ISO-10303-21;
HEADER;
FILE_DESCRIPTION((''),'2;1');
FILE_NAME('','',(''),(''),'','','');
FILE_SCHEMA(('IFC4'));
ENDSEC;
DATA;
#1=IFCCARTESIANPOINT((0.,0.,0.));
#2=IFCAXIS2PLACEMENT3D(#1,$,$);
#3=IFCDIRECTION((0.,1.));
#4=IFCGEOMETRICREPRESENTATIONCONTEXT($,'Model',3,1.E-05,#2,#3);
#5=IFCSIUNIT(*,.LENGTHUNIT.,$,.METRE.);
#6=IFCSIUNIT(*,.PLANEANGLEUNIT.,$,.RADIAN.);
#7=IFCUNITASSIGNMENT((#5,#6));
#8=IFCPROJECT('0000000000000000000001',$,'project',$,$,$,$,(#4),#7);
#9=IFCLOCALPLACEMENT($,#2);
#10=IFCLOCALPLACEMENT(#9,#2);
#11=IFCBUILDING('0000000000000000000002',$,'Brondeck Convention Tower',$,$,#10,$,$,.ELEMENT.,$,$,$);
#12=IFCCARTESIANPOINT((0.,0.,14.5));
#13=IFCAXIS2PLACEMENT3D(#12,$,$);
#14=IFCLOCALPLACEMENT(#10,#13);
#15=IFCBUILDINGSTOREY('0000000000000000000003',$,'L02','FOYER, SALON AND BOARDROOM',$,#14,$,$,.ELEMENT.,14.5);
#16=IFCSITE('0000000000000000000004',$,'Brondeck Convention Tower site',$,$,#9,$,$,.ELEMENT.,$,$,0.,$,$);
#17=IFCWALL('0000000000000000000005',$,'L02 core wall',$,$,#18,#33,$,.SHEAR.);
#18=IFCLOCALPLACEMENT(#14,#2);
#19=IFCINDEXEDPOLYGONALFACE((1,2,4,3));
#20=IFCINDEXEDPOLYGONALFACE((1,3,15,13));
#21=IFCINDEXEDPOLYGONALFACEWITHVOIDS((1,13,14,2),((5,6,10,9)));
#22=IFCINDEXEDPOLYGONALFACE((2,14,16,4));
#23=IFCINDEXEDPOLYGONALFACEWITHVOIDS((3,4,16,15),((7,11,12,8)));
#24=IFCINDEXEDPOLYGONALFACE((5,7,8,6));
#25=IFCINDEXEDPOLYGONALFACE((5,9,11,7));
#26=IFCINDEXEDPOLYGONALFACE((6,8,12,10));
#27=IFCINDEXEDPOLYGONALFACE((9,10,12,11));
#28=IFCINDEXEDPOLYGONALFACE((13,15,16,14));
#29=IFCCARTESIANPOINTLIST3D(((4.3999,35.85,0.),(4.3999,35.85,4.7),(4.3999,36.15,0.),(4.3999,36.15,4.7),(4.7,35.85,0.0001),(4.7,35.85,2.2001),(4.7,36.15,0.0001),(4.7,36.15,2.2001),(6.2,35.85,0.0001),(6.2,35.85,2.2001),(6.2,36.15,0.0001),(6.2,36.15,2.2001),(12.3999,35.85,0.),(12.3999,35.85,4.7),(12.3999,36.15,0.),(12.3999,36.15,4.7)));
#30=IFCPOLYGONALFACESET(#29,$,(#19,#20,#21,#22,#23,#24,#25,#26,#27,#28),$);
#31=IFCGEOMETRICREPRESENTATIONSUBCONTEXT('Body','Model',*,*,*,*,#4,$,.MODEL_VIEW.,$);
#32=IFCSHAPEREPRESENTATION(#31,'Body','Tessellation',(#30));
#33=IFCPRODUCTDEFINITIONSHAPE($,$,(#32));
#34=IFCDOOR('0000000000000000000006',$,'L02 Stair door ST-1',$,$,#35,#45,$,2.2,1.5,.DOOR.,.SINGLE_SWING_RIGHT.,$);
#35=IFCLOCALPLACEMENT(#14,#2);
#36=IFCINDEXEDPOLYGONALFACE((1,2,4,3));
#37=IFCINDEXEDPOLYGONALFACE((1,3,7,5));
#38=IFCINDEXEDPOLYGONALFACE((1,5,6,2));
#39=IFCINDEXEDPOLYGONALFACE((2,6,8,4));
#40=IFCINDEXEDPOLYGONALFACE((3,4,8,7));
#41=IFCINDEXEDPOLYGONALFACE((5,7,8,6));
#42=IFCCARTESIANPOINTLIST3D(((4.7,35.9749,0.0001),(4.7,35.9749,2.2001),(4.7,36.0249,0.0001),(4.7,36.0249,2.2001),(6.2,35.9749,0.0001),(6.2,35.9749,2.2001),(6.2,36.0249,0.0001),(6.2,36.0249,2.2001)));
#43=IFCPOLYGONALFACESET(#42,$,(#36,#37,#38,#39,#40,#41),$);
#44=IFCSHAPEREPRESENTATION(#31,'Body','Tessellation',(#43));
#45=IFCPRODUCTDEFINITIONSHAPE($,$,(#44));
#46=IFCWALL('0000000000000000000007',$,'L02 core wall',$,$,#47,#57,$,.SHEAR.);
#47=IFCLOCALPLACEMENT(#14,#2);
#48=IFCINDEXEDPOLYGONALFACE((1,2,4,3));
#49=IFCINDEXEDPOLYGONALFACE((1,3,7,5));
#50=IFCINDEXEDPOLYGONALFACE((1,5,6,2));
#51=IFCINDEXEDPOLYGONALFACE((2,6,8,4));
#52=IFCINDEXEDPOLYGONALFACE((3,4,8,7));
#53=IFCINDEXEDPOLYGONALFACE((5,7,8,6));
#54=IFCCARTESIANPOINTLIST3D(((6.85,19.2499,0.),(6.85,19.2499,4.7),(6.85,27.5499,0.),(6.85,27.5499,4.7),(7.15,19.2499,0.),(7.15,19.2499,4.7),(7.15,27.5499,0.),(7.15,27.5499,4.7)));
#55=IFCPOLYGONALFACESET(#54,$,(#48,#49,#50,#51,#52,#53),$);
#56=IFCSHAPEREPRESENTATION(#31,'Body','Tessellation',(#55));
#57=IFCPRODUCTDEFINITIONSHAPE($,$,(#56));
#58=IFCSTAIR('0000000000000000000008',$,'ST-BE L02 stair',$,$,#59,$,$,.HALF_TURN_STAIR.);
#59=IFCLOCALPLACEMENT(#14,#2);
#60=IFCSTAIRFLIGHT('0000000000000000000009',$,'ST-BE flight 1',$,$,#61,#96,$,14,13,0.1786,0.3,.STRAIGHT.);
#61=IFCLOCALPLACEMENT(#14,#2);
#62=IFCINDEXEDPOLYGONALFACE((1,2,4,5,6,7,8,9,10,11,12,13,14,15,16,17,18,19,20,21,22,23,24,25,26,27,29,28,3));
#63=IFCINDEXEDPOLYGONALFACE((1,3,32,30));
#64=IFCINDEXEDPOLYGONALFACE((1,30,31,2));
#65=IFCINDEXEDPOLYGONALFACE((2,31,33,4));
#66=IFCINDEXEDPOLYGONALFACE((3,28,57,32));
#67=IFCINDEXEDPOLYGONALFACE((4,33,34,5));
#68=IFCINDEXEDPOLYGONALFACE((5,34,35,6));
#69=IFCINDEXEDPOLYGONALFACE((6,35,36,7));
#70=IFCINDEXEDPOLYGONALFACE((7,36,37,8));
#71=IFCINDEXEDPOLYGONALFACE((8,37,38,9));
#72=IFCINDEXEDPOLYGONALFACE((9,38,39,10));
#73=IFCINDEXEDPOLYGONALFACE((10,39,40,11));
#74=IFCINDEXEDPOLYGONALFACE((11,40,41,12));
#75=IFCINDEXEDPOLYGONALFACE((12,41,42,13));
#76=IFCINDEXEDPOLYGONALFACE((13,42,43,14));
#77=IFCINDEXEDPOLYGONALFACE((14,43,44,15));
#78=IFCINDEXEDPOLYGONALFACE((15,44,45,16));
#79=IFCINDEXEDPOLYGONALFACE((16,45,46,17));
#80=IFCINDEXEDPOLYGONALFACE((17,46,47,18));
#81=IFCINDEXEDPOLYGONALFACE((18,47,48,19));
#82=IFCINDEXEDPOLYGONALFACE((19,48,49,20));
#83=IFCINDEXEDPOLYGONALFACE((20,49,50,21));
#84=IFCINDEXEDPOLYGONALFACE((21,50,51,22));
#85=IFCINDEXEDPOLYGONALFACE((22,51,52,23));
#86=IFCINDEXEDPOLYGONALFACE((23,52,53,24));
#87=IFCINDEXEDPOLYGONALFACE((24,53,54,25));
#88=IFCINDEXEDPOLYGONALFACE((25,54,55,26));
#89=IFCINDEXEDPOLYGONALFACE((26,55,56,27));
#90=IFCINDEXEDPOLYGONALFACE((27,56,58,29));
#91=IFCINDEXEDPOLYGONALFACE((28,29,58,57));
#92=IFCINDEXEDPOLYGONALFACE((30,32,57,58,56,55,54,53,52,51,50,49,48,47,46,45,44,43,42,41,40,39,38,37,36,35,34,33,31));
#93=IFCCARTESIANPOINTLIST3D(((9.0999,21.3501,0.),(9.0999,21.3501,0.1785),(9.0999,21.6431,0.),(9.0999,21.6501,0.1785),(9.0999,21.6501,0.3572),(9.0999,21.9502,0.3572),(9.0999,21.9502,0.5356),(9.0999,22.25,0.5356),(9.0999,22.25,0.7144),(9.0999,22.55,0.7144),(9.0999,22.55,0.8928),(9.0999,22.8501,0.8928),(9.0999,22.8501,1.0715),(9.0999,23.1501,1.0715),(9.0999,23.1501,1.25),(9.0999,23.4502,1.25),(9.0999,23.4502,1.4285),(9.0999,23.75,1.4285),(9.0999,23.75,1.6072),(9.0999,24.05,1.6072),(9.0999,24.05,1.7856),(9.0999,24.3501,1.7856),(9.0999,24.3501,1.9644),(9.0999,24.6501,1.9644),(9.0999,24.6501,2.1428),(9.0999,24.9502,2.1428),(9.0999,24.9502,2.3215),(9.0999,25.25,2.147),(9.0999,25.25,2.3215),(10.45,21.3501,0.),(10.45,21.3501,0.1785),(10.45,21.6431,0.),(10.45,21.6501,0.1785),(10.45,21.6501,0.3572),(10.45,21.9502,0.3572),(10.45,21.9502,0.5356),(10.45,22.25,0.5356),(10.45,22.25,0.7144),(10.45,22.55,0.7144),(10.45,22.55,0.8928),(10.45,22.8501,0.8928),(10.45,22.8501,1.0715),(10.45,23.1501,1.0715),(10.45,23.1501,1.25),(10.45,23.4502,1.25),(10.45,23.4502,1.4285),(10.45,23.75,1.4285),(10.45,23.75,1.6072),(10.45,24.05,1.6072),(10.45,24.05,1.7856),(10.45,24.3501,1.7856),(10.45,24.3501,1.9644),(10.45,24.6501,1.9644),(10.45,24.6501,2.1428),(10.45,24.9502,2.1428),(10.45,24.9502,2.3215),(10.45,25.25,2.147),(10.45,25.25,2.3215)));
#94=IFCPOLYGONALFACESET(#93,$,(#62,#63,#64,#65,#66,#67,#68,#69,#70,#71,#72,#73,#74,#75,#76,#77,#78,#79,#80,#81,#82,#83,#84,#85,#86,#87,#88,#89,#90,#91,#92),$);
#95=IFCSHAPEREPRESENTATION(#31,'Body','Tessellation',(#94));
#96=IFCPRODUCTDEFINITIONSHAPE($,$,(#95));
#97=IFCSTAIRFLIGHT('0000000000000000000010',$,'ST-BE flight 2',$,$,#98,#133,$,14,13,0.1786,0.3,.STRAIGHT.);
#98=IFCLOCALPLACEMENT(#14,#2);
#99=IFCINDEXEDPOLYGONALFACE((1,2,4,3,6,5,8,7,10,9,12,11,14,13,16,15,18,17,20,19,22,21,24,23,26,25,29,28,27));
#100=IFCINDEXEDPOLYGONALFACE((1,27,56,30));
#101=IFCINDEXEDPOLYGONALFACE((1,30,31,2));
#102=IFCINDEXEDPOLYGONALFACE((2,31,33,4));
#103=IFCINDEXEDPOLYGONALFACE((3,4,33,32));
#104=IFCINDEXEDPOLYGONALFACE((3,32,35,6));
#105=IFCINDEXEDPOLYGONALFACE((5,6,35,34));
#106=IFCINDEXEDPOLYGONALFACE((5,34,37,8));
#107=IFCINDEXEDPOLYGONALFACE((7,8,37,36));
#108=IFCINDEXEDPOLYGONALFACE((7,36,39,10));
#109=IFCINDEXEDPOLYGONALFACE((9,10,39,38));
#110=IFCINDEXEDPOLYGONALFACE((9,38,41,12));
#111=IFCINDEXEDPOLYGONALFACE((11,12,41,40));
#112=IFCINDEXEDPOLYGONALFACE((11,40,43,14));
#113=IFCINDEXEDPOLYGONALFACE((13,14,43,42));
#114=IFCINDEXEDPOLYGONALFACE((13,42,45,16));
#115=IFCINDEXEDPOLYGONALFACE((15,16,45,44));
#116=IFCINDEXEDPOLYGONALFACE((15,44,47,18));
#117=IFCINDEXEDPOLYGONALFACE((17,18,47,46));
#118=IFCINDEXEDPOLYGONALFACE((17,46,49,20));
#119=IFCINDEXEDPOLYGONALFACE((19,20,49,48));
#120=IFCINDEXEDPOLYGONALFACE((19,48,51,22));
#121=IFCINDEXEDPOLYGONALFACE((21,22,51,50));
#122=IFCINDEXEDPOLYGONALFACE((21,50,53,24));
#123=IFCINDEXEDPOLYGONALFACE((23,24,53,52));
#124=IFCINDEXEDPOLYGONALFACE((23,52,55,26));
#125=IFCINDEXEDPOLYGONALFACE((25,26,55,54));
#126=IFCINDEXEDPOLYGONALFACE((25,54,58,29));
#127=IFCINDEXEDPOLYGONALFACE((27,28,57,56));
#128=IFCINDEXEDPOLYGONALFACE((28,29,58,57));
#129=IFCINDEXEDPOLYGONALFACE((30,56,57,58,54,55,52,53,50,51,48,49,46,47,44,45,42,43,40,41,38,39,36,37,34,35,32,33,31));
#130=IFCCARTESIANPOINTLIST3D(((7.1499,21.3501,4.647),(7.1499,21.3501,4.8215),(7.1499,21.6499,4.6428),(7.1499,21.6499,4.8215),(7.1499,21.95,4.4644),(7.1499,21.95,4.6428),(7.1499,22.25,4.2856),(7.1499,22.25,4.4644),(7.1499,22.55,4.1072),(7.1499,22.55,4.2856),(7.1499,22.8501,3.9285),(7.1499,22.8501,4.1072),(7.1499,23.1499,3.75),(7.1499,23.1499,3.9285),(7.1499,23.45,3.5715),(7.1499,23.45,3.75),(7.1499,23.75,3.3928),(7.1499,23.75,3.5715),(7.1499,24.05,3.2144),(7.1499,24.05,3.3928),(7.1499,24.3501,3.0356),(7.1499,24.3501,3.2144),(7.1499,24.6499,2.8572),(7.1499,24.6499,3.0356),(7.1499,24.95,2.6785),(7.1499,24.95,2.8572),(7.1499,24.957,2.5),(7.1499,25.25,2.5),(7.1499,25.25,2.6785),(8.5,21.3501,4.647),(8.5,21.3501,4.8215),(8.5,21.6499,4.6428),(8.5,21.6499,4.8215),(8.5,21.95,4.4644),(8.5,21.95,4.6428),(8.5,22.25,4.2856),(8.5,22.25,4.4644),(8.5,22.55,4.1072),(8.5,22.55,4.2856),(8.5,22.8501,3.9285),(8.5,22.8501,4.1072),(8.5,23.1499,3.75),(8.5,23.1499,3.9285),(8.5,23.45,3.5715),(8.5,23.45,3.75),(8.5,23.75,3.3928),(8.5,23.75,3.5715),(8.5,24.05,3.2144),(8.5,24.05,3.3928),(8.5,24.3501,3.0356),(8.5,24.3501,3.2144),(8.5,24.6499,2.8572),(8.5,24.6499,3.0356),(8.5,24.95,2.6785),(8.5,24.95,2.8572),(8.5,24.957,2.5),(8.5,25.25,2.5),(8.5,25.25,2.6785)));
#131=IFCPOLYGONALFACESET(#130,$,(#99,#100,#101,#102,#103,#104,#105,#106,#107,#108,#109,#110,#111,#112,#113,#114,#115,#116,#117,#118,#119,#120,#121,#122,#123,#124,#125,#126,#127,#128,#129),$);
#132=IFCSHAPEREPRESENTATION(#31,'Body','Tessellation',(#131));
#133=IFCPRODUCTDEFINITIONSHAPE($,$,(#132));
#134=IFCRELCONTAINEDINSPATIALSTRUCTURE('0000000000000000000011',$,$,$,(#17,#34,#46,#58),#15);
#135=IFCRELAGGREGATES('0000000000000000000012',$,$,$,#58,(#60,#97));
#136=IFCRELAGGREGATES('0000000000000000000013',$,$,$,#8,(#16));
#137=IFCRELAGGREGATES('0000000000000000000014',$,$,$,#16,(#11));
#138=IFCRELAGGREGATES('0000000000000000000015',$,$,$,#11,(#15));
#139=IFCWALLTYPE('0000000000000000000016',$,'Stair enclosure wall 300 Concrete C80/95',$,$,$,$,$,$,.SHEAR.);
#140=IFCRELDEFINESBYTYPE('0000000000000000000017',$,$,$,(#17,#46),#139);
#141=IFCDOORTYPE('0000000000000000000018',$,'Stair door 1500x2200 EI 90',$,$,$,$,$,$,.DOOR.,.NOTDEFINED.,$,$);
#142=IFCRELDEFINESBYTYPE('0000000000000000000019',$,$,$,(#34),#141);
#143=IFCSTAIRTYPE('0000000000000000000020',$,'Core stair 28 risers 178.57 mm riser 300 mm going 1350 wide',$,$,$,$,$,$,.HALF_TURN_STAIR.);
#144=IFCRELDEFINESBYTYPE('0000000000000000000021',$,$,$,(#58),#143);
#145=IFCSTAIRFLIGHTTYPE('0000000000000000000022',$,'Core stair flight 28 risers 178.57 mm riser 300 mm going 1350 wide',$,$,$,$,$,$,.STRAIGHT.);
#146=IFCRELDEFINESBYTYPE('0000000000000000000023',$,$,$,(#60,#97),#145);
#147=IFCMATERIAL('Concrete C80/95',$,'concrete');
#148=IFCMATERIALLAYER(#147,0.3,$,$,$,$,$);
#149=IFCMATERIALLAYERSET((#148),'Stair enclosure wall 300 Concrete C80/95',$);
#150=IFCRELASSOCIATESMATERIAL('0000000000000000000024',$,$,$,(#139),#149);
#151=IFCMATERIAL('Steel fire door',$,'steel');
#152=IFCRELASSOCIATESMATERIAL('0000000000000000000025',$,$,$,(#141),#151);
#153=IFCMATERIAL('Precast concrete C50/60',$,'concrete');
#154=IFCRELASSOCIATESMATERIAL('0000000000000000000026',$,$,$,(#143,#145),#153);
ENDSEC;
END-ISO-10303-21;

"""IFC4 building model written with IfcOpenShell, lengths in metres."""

from ifc_helpers import new_model, si_unit, direction, frame, frame_2d, origin, place, context, subcontext, project, spatial, polyline, rectangle, outline, extrude, material, layer, layer_set, type_object, element, fill, aggregate, save


model = new_model("IFC4")

# Units and contexts
model_context = context("Model", 3, precision=1e-05, world=origin(), true_north=direction((0.0, 1.0)))
body_context = subcontext(model_context, "Body", "Model", "MODEL_VIEW")
ifc_project = project(units=[si_unit("LENGTHUNIT", "METRE"), si_unit("PLANEANGLEUNIT", "RADIAN")], contexts=[model_context])

# Site, building, storey
site_placement = place(None, origin())
site = spatial("IfcSite", under=ifc_project, at=site_placement, Name="Brondeck Convention Tower site", CompositionType="ELEMENT", RefElevation=0.0)
building_placement = place(site_placement, origin())
building = spatial("IfcBuilding", under=site, at=building_placement, Name="Brondeck Convention Tower", CompositionType="ELEMENT")
storey_placement = place(building_placement, frame((0.0, 0.0, 14.5)))
storey = spatial("IfcBuildingStorey", under=building, at=storey_placement, Name="L02", Description="FOYER, SALON AND BOARDROOM", CompositionType="ELEMENT", Elevation=14.5)

# Shared definitions
ifc_material_1 = material(Name="Concrete C80/95", Category="concrete")

# Shared definitions
ifc_material_2 = material(Name="Steel fire door", Category="steel")

# Shared definitions
ifc_layer_1 = layer(ifc_material_1, 0.3)
ifc_layer_set_1 = layer_set([ifc_layer_1], Name="Stair enclosure wall 300 Concrete C80/95")
wall_type_1 = type_object("IfcWallType", Name="Stair enclosure wall 300 Concrete C80/95", PredefinedType="SHEAR", material=ifc_layer_set_1)

# Wall, opening, door
wall_1_placement = place(storey_placement, frame((4.3999, 36.0, 0.0), z_axis=(0.0, 0.0, 1.0), x_axis=(1.0, 0.0, 0.0)))
wall_1 = element("IfcWall", 1, at=wall_1_placement, inside=storey, type_object=wall_type_1, Name="L02 core wall", PredefinedType="SHEAR", context=body_context, shape_type="SweptSolid", body=[
    extrude(rectangle(XDim=8.0, YDim=0.3, at=frame_2d((4.0, 0.0))), origin(), (0.0, 0.0, 1.0), 4.7),
])
opening_1_placement = place(wall_1_placement, frame((0.3, 0.0, 0.0)))
opening_1 = element("IfcOpeningElement", 2, at=opening_1_placement, cuts=wall_1, PredefinedType="OPENING", context=body_context, shape_type="SweptSolid", body=[
    extrude(rectangle(XDim=1.5, YDim=2.2, at=frame_2d((0.75, 1.1001))), frame((0.0, 0.1599, 0.0), z_axis=(0.0, -1.0, 0.0), x_axis=(1.0, 0.0, 0.0)), (0.0, 0.0, 1.0), 0.3201),
])
door_type_1 = type_object("IfcDoorType", Name="Stair door 1500x2200 EI 90", OperationType="NOTDEFINED", PredefinedType="DOOR", material=ifc_material_2)
door_1_placement = place(opening_1_placement, origin())
door_1 = element("IfcDoor", 3, at=door_1_placement, inside=storey, type_object=door_type_1, Name="L02 Stair door ST-1", OperationType="SINGLE_SWING_RIGHT", OverallHeight=2.2, OverallWidth=1.5, PredefinedType="DOOR", context=body_context, shape_type="SweptSolid", body=[
    extrude(rectangle(XDim=1.5, YDim=2.2, at=frame_2d((0.75, 1.1001))), frame((0.0, 0.0249, 0.0), z_axis=(0.0, -1.0, 0.0), x_axis=(1.0, 0.0, 0.0)), (0.0, 0.0, 1.0), 0.05),
])
fill(opening_1, door_1)

# Wall
wall_2_placement = place(storey_placement, frame((7.0, 19.25, 0.0), z_axis=(0.0, 0.0, 1.0), x_axis=(0.0, 1.0, 0.0)))
element("IfcWall", 4, at=wall_2_placement, inside=storey, type_object=wall_type_1, Name="L02 core wall", PredefinedType="SHEAR", context=body_context, shape_type="SweptSolid", body=[
    extrude(rectangle(XDim=8.3, YDim=0.3, at=frame_2d((4.1499, 0.0))), origin(), (0.0, 0.0, 1.0), 4.7),
])

# Stair, stair flights
ifc_material_3 = material(Name="Precast concrete C50/60", Category="concrete")
stair_type = type_object("IfcStairType", Name="Core stair 28 risers 178.57 mm riser 300 mm going 1350 wide", PredefinedType="HALF_TURN_STAIR", material=ifc_material_3)
stair_placement = place(storey_placement, origin())
stair = element("IfcStair", 5, at=stair_placement, inside=storey, type_object=stair_type, Name="ST-BE L02 stair", PredefinedType="HALF_TURN_STAIR")
stair_flight_type = type_object("IfcStairFlightType", Name="Core stair flight 28 risers 178.57 mm riser 300 mm going 1350 wide", PredefinedType="STRAIGHT", material=ifc_material_3)
stair_flight_1_placement = place(storey_placement, frame((9.7749, 21.3501, 0.0), z_axis=(0.0, 0.0, 1.0), x_axis=(0.0, 1.0, 0.0)))
stair_flight_1 = element("IfcStairFlight", 6, at=stair_flight_1_placement, type_object=stair_flight_type, Name="ST-BE flight 1", NumberOfRisers=14, NumberOfTreads=13, PredefinedType="STRAIGHT", RiserHeight=0.1786, TreadLength=0.3, context=body_context, shape_type="SweptSolid", body=[
    extrude(outline(polyline([(0.0, 0.0), (0.0, 0.1785), (0.3, 0.1785), (0.3, 0.3572), (0.6001, 0.3572), (0.6001, 0.5356), (0.8999, 0.5356), (0.8999, 0.7144), (1.2, 0.7144), (1.2, 0.8928), (1.5, 0.8928), (1.5, 1.0715), (1.8, 1.0715), (1.8, 1.25), (2.1001, 1.25), (2.1001, 1.4285), (2.3999, 1.4285), (2.3999, 1.6072), (2.7, 1.6072), (2.7, 1.7856), (3.0, 1.7856), (3.0, 1.9644), (3.3, 1.9644), (3.3, 2.1428), (3.6001, 2.1428), (3.6001, 2.3215), (3.8999, 2.3215), (3.8999, 2.5), (3.8999, 2.147), (0.293, 0.0), (0.0, 0.0)])), frame((0.0, 0.675, 0.0), z_axis=(0.0, -1.0, 0.0), x_axis=(1.0, 0.0, 0.0)), (0.0, 0.0, 1.0), 1.3501),
])
stair_flight_2_placement = place(storey_placement, frame((7.825, 25.25, 2.5), z_axis=(0.0, 0.0, 1.0), x_axis=(0.0, -1.0, 0.0)))
stair_flight_2 = element("IfcStairFlight", 7, at=stair_flight_2_placement, type_object=stair_flight_type, Name="ST-BE flight 2", NumberOfRisers=14, NumberOfTreads=13, PredefinedType="STRAIGHT", RiserHeight=0.1786, TreadLength=0.3, context=body_context, shape_type="SweptSolid", body=[
    extrude(outline(polyline([(0.0, 0.0), (0.0, 0.1785), (0.3, 0.1785), (0.3, 0.3572), (0.6001, 0.3572), (0.6001, 0.5356), (0.8999, 0.5356), (0.8999, 0.7144), (1.2, 0.7144), (1.2, 0.8928), (1.5, 0.8928), (1.5, 1.0715), (1.8, 1.0715), (1.8, 1.25), (2.1001, 1.25), (2.1001, 1.4285), (2.3999, 1.4285), (2.3999, 1.6072), (2.7, 1.6072), (2.7, 1.7856), (3.0, 1.7856), (3.0, 1.9644), (3.3, 1.9644), (3.3, 2.1428), (3.6001, 2.1428), (3.6001, 2.3215), (3.8999, 2.3215), (3.8999, 2.5), (3.8999, 2.147), (0.293, 0.0), (0.0, 0.0)])), frame((0.0, 0.675, 0.0), z_axis=(0.0, -1.0, 0.0), x_axis=(1.0, 0.0, 0.0)), (0.0, 0.0, 1.0), 1.3501),
])
aggregate(stair, [stair_flight_1, stair_flight_2])

save(model, "model.ifc")
